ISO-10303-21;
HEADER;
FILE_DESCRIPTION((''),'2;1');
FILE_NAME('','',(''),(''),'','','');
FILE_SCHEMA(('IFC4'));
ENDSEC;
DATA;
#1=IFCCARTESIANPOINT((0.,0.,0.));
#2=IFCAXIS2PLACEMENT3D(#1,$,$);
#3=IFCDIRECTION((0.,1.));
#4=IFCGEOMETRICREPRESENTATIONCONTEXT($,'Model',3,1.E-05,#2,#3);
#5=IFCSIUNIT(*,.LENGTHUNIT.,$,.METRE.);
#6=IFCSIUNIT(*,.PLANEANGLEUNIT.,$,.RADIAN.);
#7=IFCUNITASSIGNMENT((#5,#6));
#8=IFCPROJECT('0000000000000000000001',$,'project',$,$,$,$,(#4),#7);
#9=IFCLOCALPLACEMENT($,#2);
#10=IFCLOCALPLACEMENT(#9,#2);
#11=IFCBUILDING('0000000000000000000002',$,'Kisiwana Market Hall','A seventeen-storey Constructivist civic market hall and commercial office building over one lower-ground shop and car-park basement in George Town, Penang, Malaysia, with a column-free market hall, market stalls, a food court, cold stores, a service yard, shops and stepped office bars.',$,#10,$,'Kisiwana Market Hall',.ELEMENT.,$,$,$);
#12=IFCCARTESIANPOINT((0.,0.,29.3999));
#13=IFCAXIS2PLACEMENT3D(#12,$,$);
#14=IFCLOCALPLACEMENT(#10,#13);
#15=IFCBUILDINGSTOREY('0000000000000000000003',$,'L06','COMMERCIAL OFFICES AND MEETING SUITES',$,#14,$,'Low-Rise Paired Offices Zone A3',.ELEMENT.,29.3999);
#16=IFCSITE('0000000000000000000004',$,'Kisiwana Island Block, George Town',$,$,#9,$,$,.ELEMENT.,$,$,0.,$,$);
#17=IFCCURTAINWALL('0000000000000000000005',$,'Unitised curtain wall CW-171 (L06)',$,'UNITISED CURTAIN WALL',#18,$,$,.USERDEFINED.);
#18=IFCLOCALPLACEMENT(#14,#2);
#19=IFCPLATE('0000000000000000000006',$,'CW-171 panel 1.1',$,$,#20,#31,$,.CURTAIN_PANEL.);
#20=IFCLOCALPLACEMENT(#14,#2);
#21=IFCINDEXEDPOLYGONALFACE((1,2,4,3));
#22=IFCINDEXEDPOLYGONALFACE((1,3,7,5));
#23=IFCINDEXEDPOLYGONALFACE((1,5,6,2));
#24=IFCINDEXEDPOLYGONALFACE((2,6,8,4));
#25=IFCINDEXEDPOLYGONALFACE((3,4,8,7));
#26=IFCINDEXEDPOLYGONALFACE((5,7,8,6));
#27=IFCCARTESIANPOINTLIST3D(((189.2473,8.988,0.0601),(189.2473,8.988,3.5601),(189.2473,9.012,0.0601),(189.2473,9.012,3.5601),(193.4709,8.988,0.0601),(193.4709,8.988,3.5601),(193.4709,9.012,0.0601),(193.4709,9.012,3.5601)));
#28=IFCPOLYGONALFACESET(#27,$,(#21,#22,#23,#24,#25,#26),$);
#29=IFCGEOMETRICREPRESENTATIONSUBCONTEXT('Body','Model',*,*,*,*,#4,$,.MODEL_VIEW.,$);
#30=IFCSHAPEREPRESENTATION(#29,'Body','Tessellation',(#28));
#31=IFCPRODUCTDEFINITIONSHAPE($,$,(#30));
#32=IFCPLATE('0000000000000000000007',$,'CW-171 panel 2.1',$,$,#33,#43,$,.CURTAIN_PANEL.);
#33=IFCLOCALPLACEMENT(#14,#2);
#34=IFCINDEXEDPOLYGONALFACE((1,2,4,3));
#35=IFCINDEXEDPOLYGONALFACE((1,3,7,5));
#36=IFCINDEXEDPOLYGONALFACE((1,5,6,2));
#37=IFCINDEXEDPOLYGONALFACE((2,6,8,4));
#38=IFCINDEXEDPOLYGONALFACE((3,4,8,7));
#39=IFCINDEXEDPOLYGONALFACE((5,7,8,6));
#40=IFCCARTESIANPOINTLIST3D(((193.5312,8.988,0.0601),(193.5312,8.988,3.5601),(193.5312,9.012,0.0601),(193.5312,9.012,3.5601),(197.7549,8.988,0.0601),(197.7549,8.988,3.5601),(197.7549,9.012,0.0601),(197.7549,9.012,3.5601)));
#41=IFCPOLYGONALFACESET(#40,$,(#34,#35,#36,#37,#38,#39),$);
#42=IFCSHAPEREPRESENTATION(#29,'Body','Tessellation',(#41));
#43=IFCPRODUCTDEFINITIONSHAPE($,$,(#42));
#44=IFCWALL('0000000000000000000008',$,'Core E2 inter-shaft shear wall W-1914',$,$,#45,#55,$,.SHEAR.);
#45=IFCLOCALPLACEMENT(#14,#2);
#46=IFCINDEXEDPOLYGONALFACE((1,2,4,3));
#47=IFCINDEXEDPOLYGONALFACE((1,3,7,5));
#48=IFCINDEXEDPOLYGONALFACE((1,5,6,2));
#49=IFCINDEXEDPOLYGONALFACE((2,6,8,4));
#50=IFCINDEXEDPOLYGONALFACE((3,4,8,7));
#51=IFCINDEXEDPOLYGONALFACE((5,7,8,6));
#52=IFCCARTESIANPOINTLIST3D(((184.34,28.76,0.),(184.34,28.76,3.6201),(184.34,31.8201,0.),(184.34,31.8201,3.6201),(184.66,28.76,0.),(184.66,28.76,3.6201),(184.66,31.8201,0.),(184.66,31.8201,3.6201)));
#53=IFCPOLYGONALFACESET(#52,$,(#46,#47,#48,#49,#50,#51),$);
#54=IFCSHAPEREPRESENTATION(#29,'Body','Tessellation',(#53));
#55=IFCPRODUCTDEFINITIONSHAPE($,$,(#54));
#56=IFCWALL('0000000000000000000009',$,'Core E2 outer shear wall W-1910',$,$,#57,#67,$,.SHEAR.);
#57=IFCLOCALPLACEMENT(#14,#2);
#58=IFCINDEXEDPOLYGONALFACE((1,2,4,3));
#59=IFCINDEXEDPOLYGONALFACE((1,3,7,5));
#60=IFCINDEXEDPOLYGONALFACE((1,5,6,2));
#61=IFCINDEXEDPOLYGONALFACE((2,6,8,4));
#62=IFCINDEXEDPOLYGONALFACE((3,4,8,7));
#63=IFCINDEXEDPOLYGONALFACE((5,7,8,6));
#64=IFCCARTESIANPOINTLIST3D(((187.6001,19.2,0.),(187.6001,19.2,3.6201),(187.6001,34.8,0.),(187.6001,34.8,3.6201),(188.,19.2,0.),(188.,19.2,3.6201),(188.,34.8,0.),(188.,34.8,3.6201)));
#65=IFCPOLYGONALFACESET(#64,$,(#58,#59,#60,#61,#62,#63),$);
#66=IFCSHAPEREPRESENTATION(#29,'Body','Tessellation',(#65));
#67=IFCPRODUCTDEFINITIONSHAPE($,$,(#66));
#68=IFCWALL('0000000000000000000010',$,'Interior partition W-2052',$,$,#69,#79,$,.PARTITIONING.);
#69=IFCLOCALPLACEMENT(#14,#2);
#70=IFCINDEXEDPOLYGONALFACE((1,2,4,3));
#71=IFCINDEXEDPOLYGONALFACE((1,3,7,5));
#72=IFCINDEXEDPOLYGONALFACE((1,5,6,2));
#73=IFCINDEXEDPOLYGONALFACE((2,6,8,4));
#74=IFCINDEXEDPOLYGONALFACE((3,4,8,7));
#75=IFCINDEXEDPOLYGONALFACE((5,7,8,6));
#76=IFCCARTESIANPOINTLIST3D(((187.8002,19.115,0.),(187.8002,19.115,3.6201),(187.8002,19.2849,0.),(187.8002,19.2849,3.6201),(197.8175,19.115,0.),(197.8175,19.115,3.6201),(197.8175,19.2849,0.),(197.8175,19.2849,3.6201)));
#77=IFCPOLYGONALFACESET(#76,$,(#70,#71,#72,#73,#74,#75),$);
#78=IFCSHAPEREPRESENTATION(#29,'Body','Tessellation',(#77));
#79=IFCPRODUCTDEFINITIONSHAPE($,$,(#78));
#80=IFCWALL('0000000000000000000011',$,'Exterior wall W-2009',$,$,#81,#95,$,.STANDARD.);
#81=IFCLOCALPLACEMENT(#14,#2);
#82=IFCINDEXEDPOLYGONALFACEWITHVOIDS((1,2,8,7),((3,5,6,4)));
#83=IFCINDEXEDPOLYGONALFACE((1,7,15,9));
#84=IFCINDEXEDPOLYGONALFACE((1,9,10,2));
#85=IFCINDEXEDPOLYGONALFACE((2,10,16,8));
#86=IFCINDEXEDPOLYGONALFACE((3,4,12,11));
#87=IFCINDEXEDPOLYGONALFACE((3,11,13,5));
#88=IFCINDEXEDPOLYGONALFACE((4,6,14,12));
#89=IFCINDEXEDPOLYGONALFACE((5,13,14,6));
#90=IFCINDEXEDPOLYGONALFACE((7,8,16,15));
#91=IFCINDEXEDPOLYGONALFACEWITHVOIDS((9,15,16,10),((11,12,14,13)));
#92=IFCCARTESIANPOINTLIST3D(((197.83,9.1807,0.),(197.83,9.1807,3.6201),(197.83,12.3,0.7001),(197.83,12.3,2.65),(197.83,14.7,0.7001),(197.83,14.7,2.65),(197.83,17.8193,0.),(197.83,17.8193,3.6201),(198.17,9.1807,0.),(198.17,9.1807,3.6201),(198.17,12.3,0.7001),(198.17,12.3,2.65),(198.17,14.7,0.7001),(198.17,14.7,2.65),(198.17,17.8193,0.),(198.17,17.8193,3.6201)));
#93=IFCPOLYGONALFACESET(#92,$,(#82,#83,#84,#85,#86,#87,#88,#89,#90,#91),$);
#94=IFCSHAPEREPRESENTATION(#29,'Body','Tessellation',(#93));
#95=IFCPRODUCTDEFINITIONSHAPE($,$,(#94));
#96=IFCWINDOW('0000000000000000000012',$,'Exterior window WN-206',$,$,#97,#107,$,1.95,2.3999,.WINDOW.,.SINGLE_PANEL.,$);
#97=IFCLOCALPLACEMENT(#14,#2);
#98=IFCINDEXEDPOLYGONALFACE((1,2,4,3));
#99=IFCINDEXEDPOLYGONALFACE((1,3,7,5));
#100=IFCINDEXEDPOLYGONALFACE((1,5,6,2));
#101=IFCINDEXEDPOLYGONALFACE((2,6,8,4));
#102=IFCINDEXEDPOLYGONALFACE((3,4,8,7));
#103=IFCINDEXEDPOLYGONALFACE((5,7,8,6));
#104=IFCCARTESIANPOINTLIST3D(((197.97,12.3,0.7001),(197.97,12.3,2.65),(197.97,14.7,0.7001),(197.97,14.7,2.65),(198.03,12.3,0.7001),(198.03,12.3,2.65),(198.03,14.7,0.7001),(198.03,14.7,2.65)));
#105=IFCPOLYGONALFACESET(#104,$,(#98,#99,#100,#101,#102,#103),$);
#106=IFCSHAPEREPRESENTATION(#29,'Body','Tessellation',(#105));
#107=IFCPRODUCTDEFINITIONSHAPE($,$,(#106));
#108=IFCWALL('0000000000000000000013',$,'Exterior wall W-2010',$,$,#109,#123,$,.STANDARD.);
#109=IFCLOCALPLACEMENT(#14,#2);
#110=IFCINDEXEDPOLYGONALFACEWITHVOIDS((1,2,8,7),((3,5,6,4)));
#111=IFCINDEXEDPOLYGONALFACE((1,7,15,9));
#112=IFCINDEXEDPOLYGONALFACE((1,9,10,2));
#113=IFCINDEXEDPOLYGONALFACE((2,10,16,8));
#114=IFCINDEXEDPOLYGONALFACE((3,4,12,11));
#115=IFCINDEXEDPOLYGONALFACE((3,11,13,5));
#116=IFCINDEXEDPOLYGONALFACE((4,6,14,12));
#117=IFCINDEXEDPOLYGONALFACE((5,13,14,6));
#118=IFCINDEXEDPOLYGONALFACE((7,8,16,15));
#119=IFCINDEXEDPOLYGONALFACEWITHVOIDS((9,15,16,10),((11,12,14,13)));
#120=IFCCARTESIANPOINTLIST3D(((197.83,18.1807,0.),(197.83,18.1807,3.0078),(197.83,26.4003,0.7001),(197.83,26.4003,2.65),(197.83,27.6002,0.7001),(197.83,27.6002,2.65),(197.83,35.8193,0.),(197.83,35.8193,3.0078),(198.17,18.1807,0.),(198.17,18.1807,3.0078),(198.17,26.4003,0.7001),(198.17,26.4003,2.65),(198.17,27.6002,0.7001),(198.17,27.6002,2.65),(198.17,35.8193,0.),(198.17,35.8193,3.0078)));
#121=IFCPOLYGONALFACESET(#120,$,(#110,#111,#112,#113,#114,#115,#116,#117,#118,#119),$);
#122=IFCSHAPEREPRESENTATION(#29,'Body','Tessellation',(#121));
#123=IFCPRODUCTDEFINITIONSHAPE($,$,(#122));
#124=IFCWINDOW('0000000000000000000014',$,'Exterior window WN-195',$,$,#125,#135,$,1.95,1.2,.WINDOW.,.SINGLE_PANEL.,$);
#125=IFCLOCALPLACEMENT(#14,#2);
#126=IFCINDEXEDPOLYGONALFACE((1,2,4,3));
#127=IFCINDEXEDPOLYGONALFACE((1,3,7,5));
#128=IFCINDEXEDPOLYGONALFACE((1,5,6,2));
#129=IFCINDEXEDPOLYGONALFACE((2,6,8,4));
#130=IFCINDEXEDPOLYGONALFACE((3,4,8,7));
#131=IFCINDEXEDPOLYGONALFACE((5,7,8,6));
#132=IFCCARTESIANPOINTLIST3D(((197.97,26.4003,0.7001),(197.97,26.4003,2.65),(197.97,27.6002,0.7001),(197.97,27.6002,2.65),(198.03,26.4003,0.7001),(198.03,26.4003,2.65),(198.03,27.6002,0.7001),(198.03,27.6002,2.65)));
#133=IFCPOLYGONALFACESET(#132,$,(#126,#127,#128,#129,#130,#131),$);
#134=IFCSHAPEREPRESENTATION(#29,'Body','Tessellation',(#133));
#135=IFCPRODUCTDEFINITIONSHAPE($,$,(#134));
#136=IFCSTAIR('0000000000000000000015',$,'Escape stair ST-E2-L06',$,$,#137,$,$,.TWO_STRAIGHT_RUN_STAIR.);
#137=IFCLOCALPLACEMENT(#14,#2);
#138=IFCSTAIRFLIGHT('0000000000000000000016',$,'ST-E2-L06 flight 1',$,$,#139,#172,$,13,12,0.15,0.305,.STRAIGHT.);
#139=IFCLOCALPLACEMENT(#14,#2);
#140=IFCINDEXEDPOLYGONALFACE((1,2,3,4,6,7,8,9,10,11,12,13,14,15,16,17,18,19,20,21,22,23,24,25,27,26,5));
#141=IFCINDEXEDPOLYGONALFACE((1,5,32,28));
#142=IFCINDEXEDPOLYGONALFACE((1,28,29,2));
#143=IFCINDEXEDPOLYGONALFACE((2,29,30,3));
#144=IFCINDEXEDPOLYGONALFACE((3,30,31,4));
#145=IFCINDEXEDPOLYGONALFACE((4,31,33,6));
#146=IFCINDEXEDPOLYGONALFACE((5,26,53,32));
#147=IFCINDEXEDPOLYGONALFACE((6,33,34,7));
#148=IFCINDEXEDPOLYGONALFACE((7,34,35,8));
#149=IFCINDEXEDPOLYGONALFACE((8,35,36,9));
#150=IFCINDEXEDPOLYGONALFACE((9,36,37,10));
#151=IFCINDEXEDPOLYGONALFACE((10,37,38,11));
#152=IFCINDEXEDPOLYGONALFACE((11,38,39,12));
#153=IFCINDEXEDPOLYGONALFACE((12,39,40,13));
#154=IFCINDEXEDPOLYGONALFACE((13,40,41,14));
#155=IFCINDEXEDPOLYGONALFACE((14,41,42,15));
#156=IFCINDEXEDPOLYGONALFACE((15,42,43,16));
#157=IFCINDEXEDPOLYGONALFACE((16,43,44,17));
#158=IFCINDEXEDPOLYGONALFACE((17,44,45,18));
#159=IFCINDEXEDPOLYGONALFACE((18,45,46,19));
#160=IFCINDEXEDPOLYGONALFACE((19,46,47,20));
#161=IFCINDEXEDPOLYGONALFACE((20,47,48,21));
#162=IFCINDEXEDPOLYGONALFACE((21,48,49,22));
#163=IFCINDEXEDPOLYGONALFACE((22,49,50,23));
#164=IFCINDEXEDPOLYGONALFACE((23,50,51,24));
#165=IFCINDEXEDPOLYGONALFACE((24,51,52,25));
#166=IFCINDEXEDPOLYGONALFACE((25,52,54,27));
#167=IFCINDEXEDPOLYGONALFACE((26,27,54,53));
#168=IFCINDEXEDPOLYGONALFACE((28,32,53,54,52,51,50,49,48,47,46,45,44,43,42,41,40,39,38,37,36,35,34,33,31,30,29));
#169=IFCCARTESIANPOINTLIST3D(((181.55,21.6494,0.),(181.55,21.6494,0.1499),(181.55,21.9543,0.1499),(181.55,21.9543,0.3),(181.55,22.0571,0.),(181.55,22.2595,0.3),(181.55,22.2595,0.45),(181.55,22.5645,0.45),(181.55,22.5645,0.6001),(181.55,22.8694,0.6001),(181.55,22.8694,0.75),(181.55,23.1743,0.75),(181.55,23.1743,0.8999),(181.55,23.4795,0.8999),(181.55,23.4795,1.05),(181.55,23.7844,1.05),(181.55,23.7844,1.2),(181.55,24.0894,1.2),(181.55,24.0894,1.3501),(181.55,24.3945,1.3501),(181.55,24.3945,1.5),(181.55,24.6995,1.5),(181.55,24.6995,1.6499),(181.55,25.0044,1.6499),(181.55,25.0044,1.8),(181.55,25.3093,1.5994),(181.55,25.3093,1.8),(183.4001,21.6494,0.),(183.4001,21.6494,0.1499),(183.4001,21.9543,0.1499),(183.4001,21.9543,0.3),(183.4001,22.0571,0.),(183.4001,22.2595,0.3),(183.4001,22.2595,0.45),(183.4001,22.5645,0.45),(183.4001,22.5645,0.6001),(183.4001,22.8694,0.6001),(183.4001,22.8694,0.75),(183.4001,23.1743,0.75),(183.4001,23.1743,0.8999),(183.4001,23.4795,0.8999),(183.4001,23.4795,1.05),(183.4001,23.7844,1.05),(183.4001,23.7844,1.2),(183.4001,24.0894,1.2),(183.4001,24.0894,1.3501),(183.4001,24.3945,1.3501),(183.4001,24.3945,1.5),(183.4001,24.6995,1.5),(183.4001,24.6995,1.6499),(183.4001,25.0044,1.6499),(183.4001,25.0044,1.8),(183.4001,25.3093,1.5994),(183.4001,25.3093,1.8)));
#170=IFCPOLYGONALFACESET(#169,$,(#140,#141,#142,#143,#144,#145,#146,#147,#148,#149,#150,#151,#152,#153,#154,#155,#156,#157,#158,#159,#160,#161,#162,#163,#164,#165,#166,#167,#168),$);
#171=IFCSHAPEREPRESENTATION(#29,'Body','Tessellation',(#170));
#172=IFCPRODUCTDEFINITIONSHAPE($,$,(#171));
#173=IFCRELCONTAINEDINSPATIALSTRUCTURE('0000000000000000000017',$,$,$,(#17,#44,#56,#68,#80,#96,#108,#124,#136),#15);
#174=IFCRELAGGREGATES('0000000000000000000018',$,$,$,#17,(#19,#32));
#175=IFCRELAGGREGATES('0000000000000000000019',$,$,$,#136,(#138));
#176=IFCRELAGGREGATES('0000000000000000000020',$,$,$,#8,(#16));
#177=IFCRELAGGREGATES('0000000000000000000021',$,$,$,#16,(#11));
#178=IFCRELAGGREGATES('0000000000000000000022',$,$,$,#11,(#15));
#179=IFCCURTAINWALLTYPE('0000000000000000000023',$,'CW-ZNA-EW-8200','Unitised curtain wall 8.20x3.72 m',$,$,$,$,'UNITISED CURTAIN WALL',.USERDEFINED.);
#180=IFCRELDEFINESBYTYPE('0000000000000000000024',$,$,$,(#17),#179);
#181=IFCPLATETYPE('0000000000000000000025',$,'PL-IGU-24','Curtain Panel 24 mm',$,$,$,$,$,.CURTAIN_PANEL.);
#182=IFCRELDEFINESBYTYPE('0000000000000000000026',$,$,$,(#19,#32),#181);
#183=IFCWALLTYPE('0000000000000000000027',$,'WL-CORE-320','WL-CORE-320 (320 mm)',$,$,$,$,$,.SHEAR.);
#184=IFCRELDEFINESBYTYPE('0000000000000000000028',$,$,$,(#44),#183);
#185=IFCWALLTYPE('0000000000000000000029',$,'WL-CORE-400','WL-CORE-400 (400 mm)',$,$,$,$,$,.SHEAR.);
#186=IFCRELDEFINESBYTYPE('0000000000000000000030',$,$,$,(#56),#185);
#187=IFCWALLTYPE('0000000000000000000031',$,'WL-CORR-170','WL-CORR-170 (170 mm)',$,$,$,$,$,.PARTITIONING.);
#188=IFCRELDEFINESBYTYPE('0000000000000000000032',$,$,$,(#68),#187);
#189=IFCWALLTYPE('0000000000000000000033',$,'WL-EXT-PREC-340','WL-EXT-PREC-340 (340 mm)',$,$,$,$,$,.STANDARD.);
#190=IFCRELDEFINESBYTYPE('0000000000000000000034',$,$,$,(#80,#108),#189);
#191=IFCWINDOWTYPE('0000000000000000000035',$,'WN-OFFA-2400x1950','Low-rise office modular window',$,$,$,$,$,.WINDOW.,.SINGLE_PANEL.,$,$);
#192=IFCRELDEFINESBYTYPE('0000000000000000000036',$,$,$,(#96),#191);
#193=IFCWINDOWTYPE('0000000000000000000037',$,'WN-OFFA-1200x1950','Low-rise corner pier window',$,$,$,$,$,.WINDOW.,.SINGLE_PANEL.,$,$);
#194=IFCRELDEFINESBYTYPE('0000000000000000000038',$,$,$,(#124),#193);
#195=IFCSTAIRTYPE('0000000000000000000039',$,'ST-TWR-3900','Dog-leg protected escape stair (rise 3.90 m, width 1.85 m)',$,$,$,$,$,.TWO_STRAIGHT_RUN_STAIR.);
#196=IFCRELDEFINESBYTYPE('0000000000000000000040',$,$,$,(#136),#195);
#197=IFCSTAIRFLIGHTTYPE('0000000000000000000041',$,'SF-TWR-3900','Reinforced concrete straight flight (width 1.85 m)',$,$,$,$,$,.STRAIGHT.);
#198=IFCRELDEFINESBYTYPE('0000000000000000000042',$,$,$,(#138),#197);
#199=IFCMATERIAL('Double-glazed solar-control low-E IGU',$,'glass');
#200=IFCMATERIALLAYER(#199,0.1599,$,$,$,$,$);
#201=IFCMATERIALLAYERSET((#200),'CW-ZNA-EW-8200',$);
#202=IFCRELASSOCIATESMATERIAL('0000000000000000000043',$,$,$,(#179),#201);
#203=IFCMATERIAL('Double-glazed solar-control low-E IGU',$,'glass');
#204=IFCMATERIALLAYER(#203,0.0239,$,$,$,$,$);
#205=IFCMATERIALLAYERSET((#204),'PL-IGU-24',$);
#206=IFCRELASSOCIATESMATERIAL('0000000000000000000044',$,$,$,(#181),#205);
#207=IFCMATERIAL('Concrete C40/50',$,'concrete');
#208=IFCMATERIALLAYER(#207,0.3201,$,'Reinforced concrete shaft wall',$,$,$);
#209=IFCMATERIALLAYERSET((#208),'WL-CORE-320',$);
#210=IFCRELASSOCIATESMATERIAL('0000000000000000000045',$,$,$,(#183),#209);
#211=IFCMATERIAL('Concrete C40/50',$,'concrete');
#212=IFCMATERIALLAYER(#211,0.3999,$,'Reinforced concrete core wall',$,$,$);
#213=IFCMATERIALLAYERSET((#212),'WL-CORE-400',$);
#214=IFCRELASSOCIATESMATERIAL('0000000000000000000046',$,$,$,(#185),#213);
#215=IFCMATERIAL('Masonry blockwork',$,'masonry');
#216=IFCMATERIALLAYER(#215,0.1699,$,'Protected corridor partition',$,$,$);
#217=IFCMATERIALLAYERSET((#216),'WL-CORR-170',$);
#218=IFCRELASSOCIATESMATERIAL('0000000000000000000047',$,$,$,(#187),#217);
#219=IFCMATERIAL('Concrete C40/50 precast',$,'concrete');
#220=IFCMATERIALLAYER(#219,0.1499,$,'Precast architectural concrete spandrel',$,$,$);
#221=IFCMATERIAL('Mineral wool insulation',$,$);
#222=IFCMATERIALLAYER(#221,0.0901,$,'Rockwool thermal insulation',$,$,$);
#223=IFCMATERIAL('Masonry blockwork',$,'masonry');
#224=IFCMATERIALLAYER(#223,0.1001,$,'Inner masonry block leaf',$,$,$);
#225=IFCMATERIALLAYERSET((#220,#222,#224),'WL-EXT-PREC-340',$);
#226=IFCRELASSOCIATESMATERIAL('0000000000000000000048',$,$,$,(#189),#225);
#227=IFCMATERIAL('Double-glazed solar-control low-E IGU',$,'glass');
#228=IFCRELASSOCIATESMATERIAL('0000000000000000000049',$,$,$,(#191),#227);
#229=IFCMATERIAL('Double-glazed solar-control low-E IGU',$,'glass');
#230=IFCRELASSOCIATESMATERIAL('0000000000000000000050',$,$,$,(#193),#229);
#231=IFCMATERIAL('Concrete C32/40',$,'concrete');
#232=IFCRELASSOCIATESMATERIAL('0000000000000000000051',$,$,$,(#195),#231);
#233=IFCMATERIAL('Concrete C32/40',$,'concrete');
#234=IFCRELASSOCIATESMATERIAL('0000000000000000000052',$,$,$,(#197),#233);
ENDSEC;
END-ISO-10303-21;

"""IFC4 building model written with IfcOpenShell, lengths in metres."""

from ifc_helpers import new_model, si_unit, direction, frame, frame_2d, origin, origin_2d, place, context, subcontext, project, spatial, polyline, rectangle, outline, extrude, material, layer, layer_set, type_object, element, fill, aggregate, save


model = new_model("IFC4")

# Units and contexts
model_context = context("Model", 3, precision=1e-05, world=origin(), true_north=direction((0.0, 1.0)))
body_context = subcontext(model_context, "Body", "Model", "MODEL_VIEW")
ifc_project = project(units=[si_unit("LENGTHUNIT", "METRE"), si_unit("PLANEANGLEUNIT", "RADIAN")], contexts=[model_context])

# Site, building, storey
site_placement = place(None, origin())
site = spatial("IfcSite", under=ifc_project, at=site_placement, Name="Kisiwana Island Block, George Town", CompositionType="ELEMENT", RefElevation=0.0)
building_placement = place(site_placement, origin())
building = spatial("IfcBuilding", under=site, at=building_placement, Name="Kisiwana Market Hall", Description="A seventeen-storey Constructivist civic market hall and commercial office building over one lower-ground shop and car-park basement in George Town, Penang, Malaysia, with a column-free market hall, market stalls, a food court, cold stores, a service yard, shops and stepped office bars.", LongName="Kisiwana Market Hall", CompositionType="ELEMENT")
storey_placement = place(building_placement, frame((0.0, 0.0, 29.3999)))
storey = spatial("IfcBuildingStorey", under=building, at=storey_placement, Name="L06", Description="COMMERCIAL OFFICES AND MEETING SUITES", LongName="Low-Rise Paired Offices Zone A3", CompositionType="ELEMENT", Elevation=29.3999)

# Curtain wall, plates
ifc_material_1 = material(Name="Double-glazed solar-control low-E IGU", Category="glass")
ifc_layer_1 = layer(ifc_material_1, 0.1599)
ifc_layer_set_1 = layer_set([ifc_layer_1], Name="CW-ZNA-EW-8200")
curtain_wall_type = type_object("IfcCurtainWallType", Name="CW-ZNA-EW-8200", Description="Unitised curtain wall 8.20x3.72 m", ElementType="UNITISED CURTAIN WALL", PredefinedType="USERDEFINED", material=ifc_layer_set_1)
curtain_wall_placement = place(storey_placement, origin())
curtain_wall = element("IfcCurtainWall", 1, at=curtain_wall_placement, inside=storey, type_object=curtain_wall_type, Name="Unitised curtain wall CW-171 (L06)", ObjectType="UNITISED CURTAIN WALL", PredefinedType="USERDEFINED")
ifc_material_2 = material(Name="Double-glazed solar-control low-E IGU", Category="glass")
ifc_layer_2 = layer(ifc_material_2, 0.0239)
ifc_layer_set_2 = layer_set([ifc_layer_2], Name="PL-IGU-24")
plate_type = type_object("IfcPlateType", Name="PL-IGU-24", Description="Curtain Panel 24 mm", PredefinedType="CURTAIN_PANEL", material=ifc_layer_set_2)
plate_1_placement = place(storey_placement, frame((191.3591, 9.0, 0.0601), z_axis=(0.0, 0.0, 1.0), x_axis=(1.0, 0.0, 0.0)))
plate_1 = element("IfcPlate", 2, at=plate_1_placement, type_object=plate_type, Name="CW-171 panel 1.1", PredefinedType="CURTAIN_PANEL", context=body_context, shape_type="SweptSolid", body=[
    extrude(rectangle(XDim=4.2236, YDim=0.0239, at=origin_2d()), origin(), (0.0, 0.0, 1.0), 3.5),
])
plate_2_placement = place(storey_placement, frame((195.6431, 9.0, 0.0601), z_axis=(0.0, 0.0, 1.0), x_axis=(1.0, 0.0, 0.0)))
plate_2 = element("IfcPlate", 3, at=plate_2_placement, type_object=plate_type, Name="CW-171 panel 2.1", PredefinedType="CURTAIN_PANEL", context=body_context, shape_type="SweptSolid", body=[
    extrude(rectangle(XDim=4.2236, YDim=0.0239, at=origin_2d()), origin(), (0.0, 0.0, 1.0), 3.5),
])
aggregate(curtain_wall, [plate_1, plate_2])

# Walls
ifc_material_3 = material(Name="Concrete C40/50", Category="concrete")
ifc_layer_3 = layer(ifc_material_3, 0.3201, Name="Reinforced concrete shaft wall")
ifc_layer_set_3 = layer_set([ifc_layer_3], Name="WL-CORE-320")
wall_type_1 = type_object("IfcWallType", Name="WL-CORE-320", Description="WL-CORE-320 (320 mm)", PredefinedType="SHEAR", material=ifc_layer_set_3)
wall_1_placement = place(storey_placement, frame((184.5, 28.76, 0.0), z_axis=(0.0, 0.0, 1.0), x_axis=(0.0, 1.0, 0.0)))
element("IfcWall", 4, at=wall_1_placement, inside=storey, type_object=wall_type_1, Name="Core E2 inter-shaft shear wall W-1914", PredefinedType="SHEAR", context=body_context, shape_type="SweptSolid", body=[
    extrude(rectangle(XDim=3.0601, YDim=0.3201, at=frame_2d((1.53, 0.0))), origin(), (0.0, 0.0, 1.0), 3.6201),
])
ifc_material_4 = material(Name="Concrete C40/50", Category="concrete")
ifc_layer_4 = layer(ifc_material_4, 0.3999, Name="Reinforced concrete core wall")
ifc_layer_set_4 = layer_set([ifc_layer_4], Name="WL-CORE-400")
wall_type_2 = type_object("IfcWallType", Name="WL-CORE-400", Description="WL-CORE-400 (400 mm)", PredefinedType="SHEAR", material=ifc_layer_set_4)
wall_2_placement = place(storey_placement, frame((187.8, 19.2, 0.0), z_axis=(0.0, 0.0, 1.0), x_axis=(0.0, 1.0, 0.0)))
element("IfcWall", 5, at=wall_2_placement, inside=storey, type_object=wall_type_2, Name="Core E2 outer shear wall W-1910", PredefinedType="SHEAR", context=body_context, shape_type="SweptSolid", body=[
    extrude(rectangle(XDim=15.6001, YDim=0.3999, at=frame_2d((7.8, 0.0))), origin(), (0.0, 0.0, 1.0), 3.6201),
])
ifc_material_5 = material(Name="Masonry blockwork", Category="masonry")
ifc_layer_5 = layer(ifc_material_5, 0.1699, Name="Protected corridor partition")
ifc_layer_set_5 = layer_set([ifc_layer_5], Name="WL-CORR-170")
wall_type_3 = type_object("IfcWallType", Name="WL-CORR-170", Description="WL-CORR-170 (170 mm)", PredefinedType="PARTITIONING", material=ifc_layer_set_5)
wall_3_placement = place(storey_placement, frame((187.8, 19.2, 0.0), z_axis=(0.0, 0.0, 1.0), x_axis=(1.0, 0.0, 0.0)))
element("IfcWall", 6, at=wall_3_placement, inside=storey, type_object=wall_type_3, Name="Interior partition W-2052", PredefinedType="PARTITIONING", context=body_context, shape_type="SweptSolid", body=[
    extrude(rectangle(XDim=10.0173, YDim=0.1699, at=frame_2d((5.0088, 0.0))), origin(), (0.0, 0.0, 1.0), 3.6201),
])

# Walls, openings, windows
ifc_material_6 = material(Name="Concrete C40/50 precast", Category="concrete")
ifc_layer_6 = layer(ifc_material_6, 0.1499, Name="Precast architectural concrete spandrel")
ifc_material_7 = material(Name="Mineral wool insulation")
ifc_layer_7 = layer(ifc_material_7, 0.0901, Name="Rockwool thermal insulation")
ifc_material_8 = material(Name="Masonry blockwork", Category="masonry")
ifc_layer_8 = layer(ifc_material_8, 0.1001, Name="Inner masonry block leaf")
ifc_layer_set_6 = layer_set([ifc_layer_6, ifc_layer_7, ifc_layer_8], Name="WL-EXT-PREC-340")
wall_type_4 = type_object("IfcWallType", Name="WL-EXT-PREC-340", Description="WL-EXT-PREC-340 (340 mm)", PredefinedType="STANDARD", material=ifc_layer_set_6)
wall_4_placement = place(storey_placement, frame((198.0, 9.1807, 0.0), z_axis=(0.0, 0.0, 1.0), x_axis=(0.0, 1.0, 0.0)))
wall_4 = element("IfcWall", 7, at=wall_4_placement, inside=storey, type_object=wall_type_4, Name="Exterior wall W-2009", PredefinedType="STANDARD", context=body_context, shape_type="SweptSolid", body=[
    extrude(rectangle(XDim=8.6387, YDim=0.3401, at=frame_2d((4.3193, 0.0))), origin(), (0.0, 0.0, 1.0), 3.6201),
])
opening_1_placement = place(wall_4_placement, frame((3.1194, 0.0, 0.7)))
opening_1 = element("IfcOpeningElement", 8, at=opening_1_placement, cuts=wall_4, PredefinedType="OPENING", context=body_context, shape_type="SweptSolid", body=[
    extrude(rectangle(XDim=2.3999, YDim=1.95, at=frame_2d((1.2, 0.9751))), frame((0.0, 0.1821, 0.0), z_axis=(0.0, -1.0, 0.0), x_axis=(1.0, 0.0, 0.0)), (0.0, 0.0, 1.0), 0.364),
])
ifc_material_9 = material(Name="Double-glazed solar-control low-E IGU", Category="glass")
window_type_1 = type_object("IfcWindowType", Name="WN-OFFA-2400x1950", Description="Low-rise office modular window", PartitioningType="SINGLE_PANEL", PredefinedType="WINDOW", material=ifc_material_9)
window_1_placement = place(opening_1_placement, origin())
window_1 = element("IfcWindow", 9, at=window_1_placement, inside=storey, type_object=window_type_1, Name="Exterior window WN-206", OverallHeight=1.95, OverallWidth=2.3999, PartitioningType="SINGLE_PANEL", PredefinedType="WINDOW", context=body_context, shape_type="SweptSolid", body=[
    extrude(rectangle(XDim=2.3999, YDim=1.95, at=frame_2d((1.2, 0.9751))), frame((0.0, 0.03, 0.0), z_axis=(0.0, -1.0, 0.0), x_axis=(1.0, 0.0, 0.0)), (0.0, 0.0, 1.0), 0.0601),
])
fill(opening_1, window_1)
wall_5_placement = place(storey_placement, frame((198.0, 18.1807, 0.0), z_axis=(0.0, 0.0, 1.0), x_axis=(0.0, 1.0, 0.0)))
wall_5 = element("IfcWall", 10, at=wall_5_placement, inside=storey, type_object=wall_type_4, Name="Exterior wall W-2010", PredefinedType="STANDARD", context=body_context, shape_type="SweptSolid", body=[
    extrude(rectangle(XDim=17.6387, YDim=0.3401, at=frame_2d((8.8193, 0.0))), origin(), (0.0, 0.0, 1.0), 3.0078),
])
opening_2_placement = place(wall_5_placement, frame((8.2195, 0.0, 0.7)))
opening_2 = element("IfcOpeningElement", 11, at=opening_2_placement, cuts=wall_5, PredefinedType="OPENING", context=body_context, shape_type="SweptSolid", body=[
    extrude(rectangle(XDim=1.2, YDim=1.95, at=frame_2d((0.6001, 0.9751))), frame((0.0, 0.1821, 0.0), z_axis=(0.0, -1.0, 0.0), x_axis=(1.0, 0.0, 0.0)), (0.0, 0.0, 1.0), 0.364),
])
ifc_material_10 = material(Name="Double-glazed solar-control low-E IGU", Category="glass")
window_type_2 = type_object("IfcWindowType", Name="WN-OFFA-1200x1950", Description="Low-rise corner pier window", PartitioningType="SINGLE_PANEL", PredefinedType="WINDOW", material=ifc_material_10)
window_2_placement = place(opening_2_placement, origin())
window_2 = element("IfcWindow", 12, at=window_2_placement, inside=storey, type_object=window_type_2, Name="Exterior window WN-195", OverallHeight=1.95, OverallWidth=1.2, PartitioningType="SINGLE_PANEL", PredefinedType="WINDOW", context=body_context, shape_type="SweptSolid", body=[
    extrude(rectangle(XDim=1.2, YDim=1.95, at=frame_2d((0.6001, 0.9751))), frame((0.0, 0.03, 0.0), z_axis=(0.0, -1.0, 0.0), x_axis=(1.0, 0.0, 0.0)), (0.0, 0.0, 1.0), 0.0601),
])
fill(opening_2, window_2)

# Stair, stair flight
ifc_material_11 = material(Name="Concrete C32/40", Category="concrete")
stair_type = type_object("IfcStairType", Name="ST-TWR-3900", Description="Dog-leg protected escape stair (rise 3.90 m, width 1.85 m)", PredefinedType="TWO_STRAIGHT_RUN_STAIR", material=ifc_material_11)
stair_placement = place(storey_placement, origin())
stair = element("IfcStair", 13, at=stair_placement, inside=storey, type_object=stair_type, Name="Escape stair ST-E2-L06", PredefinedType="TWO_STRAIGHT_RUN_STAIR")
ifc_material_12 = material(Name="Concrete C32/40", Category="concrete")
stair_flight_type = type_object("IfcStairFlightType", Name="SF-TWR-3900", Description="Reinforced concrete straight flight (width 1.85 m)", PredefinedType="STRAIGHT", material=ifc_material_12)
stair_flight_1_placement = place(storey_placement, frame((182.4751, 21.6494, 0.0), z_axis=(0.0, 0.0, 1.0), x_axis=(0.0, 1.0, 0.0)))
stair_flight_1 = element("IfcStairFlight", 14, at=stair_flight_1_placement, type_object=stair_flight_type, Name="ST-E2-L06 flight 1", NumberOfRisers=13, NumberOfTreads=12, PredefinedType="STRAIGHT", RiserHeight=0.15, TreadLength=0.305, context=body_context, shape_type="SweptSolid", body=[
    extrude(outline(polyline([(0.0, 0.0), (0.0, 0.1499), (0.3049, 0.1499), (0.3049, 0.3), (0.6101, 0.3), (0.6101, 0.45), (0.915, 0.45), (0.915, 0.6001), (1.22, 0.6001), (1.22, 0.75), (1.5249, 0.75), (1.5249, 0.8999), (1.8301, 0.8999), (1.8301, 1.05), (2.135, 1.05), (2.135, 1.2), (2.4399, 1.2), (2.4399, 1.3501), (2.7451, 1.3501), (2.7451, 1.5), (3.05, 1.5), (3.05, 1.6499), (3.355, 1.6499), (3.355, 1.8), (3.6599, 1.8), (3.6599, 1.95), (3.6599, 1.5994), (0.4077, 0.0), (0.0, 0.0)])), frame((0.0, 0.925, 0.0), z_axis=(0.0, -1.0, 0.0), x_axis=(1.0, 0.0, 0.0)), (0.0, 0.0, 1.0), 1.8501),
])
aggregate(stair, [stair_flight_1])

save(model, "model.ifc")
